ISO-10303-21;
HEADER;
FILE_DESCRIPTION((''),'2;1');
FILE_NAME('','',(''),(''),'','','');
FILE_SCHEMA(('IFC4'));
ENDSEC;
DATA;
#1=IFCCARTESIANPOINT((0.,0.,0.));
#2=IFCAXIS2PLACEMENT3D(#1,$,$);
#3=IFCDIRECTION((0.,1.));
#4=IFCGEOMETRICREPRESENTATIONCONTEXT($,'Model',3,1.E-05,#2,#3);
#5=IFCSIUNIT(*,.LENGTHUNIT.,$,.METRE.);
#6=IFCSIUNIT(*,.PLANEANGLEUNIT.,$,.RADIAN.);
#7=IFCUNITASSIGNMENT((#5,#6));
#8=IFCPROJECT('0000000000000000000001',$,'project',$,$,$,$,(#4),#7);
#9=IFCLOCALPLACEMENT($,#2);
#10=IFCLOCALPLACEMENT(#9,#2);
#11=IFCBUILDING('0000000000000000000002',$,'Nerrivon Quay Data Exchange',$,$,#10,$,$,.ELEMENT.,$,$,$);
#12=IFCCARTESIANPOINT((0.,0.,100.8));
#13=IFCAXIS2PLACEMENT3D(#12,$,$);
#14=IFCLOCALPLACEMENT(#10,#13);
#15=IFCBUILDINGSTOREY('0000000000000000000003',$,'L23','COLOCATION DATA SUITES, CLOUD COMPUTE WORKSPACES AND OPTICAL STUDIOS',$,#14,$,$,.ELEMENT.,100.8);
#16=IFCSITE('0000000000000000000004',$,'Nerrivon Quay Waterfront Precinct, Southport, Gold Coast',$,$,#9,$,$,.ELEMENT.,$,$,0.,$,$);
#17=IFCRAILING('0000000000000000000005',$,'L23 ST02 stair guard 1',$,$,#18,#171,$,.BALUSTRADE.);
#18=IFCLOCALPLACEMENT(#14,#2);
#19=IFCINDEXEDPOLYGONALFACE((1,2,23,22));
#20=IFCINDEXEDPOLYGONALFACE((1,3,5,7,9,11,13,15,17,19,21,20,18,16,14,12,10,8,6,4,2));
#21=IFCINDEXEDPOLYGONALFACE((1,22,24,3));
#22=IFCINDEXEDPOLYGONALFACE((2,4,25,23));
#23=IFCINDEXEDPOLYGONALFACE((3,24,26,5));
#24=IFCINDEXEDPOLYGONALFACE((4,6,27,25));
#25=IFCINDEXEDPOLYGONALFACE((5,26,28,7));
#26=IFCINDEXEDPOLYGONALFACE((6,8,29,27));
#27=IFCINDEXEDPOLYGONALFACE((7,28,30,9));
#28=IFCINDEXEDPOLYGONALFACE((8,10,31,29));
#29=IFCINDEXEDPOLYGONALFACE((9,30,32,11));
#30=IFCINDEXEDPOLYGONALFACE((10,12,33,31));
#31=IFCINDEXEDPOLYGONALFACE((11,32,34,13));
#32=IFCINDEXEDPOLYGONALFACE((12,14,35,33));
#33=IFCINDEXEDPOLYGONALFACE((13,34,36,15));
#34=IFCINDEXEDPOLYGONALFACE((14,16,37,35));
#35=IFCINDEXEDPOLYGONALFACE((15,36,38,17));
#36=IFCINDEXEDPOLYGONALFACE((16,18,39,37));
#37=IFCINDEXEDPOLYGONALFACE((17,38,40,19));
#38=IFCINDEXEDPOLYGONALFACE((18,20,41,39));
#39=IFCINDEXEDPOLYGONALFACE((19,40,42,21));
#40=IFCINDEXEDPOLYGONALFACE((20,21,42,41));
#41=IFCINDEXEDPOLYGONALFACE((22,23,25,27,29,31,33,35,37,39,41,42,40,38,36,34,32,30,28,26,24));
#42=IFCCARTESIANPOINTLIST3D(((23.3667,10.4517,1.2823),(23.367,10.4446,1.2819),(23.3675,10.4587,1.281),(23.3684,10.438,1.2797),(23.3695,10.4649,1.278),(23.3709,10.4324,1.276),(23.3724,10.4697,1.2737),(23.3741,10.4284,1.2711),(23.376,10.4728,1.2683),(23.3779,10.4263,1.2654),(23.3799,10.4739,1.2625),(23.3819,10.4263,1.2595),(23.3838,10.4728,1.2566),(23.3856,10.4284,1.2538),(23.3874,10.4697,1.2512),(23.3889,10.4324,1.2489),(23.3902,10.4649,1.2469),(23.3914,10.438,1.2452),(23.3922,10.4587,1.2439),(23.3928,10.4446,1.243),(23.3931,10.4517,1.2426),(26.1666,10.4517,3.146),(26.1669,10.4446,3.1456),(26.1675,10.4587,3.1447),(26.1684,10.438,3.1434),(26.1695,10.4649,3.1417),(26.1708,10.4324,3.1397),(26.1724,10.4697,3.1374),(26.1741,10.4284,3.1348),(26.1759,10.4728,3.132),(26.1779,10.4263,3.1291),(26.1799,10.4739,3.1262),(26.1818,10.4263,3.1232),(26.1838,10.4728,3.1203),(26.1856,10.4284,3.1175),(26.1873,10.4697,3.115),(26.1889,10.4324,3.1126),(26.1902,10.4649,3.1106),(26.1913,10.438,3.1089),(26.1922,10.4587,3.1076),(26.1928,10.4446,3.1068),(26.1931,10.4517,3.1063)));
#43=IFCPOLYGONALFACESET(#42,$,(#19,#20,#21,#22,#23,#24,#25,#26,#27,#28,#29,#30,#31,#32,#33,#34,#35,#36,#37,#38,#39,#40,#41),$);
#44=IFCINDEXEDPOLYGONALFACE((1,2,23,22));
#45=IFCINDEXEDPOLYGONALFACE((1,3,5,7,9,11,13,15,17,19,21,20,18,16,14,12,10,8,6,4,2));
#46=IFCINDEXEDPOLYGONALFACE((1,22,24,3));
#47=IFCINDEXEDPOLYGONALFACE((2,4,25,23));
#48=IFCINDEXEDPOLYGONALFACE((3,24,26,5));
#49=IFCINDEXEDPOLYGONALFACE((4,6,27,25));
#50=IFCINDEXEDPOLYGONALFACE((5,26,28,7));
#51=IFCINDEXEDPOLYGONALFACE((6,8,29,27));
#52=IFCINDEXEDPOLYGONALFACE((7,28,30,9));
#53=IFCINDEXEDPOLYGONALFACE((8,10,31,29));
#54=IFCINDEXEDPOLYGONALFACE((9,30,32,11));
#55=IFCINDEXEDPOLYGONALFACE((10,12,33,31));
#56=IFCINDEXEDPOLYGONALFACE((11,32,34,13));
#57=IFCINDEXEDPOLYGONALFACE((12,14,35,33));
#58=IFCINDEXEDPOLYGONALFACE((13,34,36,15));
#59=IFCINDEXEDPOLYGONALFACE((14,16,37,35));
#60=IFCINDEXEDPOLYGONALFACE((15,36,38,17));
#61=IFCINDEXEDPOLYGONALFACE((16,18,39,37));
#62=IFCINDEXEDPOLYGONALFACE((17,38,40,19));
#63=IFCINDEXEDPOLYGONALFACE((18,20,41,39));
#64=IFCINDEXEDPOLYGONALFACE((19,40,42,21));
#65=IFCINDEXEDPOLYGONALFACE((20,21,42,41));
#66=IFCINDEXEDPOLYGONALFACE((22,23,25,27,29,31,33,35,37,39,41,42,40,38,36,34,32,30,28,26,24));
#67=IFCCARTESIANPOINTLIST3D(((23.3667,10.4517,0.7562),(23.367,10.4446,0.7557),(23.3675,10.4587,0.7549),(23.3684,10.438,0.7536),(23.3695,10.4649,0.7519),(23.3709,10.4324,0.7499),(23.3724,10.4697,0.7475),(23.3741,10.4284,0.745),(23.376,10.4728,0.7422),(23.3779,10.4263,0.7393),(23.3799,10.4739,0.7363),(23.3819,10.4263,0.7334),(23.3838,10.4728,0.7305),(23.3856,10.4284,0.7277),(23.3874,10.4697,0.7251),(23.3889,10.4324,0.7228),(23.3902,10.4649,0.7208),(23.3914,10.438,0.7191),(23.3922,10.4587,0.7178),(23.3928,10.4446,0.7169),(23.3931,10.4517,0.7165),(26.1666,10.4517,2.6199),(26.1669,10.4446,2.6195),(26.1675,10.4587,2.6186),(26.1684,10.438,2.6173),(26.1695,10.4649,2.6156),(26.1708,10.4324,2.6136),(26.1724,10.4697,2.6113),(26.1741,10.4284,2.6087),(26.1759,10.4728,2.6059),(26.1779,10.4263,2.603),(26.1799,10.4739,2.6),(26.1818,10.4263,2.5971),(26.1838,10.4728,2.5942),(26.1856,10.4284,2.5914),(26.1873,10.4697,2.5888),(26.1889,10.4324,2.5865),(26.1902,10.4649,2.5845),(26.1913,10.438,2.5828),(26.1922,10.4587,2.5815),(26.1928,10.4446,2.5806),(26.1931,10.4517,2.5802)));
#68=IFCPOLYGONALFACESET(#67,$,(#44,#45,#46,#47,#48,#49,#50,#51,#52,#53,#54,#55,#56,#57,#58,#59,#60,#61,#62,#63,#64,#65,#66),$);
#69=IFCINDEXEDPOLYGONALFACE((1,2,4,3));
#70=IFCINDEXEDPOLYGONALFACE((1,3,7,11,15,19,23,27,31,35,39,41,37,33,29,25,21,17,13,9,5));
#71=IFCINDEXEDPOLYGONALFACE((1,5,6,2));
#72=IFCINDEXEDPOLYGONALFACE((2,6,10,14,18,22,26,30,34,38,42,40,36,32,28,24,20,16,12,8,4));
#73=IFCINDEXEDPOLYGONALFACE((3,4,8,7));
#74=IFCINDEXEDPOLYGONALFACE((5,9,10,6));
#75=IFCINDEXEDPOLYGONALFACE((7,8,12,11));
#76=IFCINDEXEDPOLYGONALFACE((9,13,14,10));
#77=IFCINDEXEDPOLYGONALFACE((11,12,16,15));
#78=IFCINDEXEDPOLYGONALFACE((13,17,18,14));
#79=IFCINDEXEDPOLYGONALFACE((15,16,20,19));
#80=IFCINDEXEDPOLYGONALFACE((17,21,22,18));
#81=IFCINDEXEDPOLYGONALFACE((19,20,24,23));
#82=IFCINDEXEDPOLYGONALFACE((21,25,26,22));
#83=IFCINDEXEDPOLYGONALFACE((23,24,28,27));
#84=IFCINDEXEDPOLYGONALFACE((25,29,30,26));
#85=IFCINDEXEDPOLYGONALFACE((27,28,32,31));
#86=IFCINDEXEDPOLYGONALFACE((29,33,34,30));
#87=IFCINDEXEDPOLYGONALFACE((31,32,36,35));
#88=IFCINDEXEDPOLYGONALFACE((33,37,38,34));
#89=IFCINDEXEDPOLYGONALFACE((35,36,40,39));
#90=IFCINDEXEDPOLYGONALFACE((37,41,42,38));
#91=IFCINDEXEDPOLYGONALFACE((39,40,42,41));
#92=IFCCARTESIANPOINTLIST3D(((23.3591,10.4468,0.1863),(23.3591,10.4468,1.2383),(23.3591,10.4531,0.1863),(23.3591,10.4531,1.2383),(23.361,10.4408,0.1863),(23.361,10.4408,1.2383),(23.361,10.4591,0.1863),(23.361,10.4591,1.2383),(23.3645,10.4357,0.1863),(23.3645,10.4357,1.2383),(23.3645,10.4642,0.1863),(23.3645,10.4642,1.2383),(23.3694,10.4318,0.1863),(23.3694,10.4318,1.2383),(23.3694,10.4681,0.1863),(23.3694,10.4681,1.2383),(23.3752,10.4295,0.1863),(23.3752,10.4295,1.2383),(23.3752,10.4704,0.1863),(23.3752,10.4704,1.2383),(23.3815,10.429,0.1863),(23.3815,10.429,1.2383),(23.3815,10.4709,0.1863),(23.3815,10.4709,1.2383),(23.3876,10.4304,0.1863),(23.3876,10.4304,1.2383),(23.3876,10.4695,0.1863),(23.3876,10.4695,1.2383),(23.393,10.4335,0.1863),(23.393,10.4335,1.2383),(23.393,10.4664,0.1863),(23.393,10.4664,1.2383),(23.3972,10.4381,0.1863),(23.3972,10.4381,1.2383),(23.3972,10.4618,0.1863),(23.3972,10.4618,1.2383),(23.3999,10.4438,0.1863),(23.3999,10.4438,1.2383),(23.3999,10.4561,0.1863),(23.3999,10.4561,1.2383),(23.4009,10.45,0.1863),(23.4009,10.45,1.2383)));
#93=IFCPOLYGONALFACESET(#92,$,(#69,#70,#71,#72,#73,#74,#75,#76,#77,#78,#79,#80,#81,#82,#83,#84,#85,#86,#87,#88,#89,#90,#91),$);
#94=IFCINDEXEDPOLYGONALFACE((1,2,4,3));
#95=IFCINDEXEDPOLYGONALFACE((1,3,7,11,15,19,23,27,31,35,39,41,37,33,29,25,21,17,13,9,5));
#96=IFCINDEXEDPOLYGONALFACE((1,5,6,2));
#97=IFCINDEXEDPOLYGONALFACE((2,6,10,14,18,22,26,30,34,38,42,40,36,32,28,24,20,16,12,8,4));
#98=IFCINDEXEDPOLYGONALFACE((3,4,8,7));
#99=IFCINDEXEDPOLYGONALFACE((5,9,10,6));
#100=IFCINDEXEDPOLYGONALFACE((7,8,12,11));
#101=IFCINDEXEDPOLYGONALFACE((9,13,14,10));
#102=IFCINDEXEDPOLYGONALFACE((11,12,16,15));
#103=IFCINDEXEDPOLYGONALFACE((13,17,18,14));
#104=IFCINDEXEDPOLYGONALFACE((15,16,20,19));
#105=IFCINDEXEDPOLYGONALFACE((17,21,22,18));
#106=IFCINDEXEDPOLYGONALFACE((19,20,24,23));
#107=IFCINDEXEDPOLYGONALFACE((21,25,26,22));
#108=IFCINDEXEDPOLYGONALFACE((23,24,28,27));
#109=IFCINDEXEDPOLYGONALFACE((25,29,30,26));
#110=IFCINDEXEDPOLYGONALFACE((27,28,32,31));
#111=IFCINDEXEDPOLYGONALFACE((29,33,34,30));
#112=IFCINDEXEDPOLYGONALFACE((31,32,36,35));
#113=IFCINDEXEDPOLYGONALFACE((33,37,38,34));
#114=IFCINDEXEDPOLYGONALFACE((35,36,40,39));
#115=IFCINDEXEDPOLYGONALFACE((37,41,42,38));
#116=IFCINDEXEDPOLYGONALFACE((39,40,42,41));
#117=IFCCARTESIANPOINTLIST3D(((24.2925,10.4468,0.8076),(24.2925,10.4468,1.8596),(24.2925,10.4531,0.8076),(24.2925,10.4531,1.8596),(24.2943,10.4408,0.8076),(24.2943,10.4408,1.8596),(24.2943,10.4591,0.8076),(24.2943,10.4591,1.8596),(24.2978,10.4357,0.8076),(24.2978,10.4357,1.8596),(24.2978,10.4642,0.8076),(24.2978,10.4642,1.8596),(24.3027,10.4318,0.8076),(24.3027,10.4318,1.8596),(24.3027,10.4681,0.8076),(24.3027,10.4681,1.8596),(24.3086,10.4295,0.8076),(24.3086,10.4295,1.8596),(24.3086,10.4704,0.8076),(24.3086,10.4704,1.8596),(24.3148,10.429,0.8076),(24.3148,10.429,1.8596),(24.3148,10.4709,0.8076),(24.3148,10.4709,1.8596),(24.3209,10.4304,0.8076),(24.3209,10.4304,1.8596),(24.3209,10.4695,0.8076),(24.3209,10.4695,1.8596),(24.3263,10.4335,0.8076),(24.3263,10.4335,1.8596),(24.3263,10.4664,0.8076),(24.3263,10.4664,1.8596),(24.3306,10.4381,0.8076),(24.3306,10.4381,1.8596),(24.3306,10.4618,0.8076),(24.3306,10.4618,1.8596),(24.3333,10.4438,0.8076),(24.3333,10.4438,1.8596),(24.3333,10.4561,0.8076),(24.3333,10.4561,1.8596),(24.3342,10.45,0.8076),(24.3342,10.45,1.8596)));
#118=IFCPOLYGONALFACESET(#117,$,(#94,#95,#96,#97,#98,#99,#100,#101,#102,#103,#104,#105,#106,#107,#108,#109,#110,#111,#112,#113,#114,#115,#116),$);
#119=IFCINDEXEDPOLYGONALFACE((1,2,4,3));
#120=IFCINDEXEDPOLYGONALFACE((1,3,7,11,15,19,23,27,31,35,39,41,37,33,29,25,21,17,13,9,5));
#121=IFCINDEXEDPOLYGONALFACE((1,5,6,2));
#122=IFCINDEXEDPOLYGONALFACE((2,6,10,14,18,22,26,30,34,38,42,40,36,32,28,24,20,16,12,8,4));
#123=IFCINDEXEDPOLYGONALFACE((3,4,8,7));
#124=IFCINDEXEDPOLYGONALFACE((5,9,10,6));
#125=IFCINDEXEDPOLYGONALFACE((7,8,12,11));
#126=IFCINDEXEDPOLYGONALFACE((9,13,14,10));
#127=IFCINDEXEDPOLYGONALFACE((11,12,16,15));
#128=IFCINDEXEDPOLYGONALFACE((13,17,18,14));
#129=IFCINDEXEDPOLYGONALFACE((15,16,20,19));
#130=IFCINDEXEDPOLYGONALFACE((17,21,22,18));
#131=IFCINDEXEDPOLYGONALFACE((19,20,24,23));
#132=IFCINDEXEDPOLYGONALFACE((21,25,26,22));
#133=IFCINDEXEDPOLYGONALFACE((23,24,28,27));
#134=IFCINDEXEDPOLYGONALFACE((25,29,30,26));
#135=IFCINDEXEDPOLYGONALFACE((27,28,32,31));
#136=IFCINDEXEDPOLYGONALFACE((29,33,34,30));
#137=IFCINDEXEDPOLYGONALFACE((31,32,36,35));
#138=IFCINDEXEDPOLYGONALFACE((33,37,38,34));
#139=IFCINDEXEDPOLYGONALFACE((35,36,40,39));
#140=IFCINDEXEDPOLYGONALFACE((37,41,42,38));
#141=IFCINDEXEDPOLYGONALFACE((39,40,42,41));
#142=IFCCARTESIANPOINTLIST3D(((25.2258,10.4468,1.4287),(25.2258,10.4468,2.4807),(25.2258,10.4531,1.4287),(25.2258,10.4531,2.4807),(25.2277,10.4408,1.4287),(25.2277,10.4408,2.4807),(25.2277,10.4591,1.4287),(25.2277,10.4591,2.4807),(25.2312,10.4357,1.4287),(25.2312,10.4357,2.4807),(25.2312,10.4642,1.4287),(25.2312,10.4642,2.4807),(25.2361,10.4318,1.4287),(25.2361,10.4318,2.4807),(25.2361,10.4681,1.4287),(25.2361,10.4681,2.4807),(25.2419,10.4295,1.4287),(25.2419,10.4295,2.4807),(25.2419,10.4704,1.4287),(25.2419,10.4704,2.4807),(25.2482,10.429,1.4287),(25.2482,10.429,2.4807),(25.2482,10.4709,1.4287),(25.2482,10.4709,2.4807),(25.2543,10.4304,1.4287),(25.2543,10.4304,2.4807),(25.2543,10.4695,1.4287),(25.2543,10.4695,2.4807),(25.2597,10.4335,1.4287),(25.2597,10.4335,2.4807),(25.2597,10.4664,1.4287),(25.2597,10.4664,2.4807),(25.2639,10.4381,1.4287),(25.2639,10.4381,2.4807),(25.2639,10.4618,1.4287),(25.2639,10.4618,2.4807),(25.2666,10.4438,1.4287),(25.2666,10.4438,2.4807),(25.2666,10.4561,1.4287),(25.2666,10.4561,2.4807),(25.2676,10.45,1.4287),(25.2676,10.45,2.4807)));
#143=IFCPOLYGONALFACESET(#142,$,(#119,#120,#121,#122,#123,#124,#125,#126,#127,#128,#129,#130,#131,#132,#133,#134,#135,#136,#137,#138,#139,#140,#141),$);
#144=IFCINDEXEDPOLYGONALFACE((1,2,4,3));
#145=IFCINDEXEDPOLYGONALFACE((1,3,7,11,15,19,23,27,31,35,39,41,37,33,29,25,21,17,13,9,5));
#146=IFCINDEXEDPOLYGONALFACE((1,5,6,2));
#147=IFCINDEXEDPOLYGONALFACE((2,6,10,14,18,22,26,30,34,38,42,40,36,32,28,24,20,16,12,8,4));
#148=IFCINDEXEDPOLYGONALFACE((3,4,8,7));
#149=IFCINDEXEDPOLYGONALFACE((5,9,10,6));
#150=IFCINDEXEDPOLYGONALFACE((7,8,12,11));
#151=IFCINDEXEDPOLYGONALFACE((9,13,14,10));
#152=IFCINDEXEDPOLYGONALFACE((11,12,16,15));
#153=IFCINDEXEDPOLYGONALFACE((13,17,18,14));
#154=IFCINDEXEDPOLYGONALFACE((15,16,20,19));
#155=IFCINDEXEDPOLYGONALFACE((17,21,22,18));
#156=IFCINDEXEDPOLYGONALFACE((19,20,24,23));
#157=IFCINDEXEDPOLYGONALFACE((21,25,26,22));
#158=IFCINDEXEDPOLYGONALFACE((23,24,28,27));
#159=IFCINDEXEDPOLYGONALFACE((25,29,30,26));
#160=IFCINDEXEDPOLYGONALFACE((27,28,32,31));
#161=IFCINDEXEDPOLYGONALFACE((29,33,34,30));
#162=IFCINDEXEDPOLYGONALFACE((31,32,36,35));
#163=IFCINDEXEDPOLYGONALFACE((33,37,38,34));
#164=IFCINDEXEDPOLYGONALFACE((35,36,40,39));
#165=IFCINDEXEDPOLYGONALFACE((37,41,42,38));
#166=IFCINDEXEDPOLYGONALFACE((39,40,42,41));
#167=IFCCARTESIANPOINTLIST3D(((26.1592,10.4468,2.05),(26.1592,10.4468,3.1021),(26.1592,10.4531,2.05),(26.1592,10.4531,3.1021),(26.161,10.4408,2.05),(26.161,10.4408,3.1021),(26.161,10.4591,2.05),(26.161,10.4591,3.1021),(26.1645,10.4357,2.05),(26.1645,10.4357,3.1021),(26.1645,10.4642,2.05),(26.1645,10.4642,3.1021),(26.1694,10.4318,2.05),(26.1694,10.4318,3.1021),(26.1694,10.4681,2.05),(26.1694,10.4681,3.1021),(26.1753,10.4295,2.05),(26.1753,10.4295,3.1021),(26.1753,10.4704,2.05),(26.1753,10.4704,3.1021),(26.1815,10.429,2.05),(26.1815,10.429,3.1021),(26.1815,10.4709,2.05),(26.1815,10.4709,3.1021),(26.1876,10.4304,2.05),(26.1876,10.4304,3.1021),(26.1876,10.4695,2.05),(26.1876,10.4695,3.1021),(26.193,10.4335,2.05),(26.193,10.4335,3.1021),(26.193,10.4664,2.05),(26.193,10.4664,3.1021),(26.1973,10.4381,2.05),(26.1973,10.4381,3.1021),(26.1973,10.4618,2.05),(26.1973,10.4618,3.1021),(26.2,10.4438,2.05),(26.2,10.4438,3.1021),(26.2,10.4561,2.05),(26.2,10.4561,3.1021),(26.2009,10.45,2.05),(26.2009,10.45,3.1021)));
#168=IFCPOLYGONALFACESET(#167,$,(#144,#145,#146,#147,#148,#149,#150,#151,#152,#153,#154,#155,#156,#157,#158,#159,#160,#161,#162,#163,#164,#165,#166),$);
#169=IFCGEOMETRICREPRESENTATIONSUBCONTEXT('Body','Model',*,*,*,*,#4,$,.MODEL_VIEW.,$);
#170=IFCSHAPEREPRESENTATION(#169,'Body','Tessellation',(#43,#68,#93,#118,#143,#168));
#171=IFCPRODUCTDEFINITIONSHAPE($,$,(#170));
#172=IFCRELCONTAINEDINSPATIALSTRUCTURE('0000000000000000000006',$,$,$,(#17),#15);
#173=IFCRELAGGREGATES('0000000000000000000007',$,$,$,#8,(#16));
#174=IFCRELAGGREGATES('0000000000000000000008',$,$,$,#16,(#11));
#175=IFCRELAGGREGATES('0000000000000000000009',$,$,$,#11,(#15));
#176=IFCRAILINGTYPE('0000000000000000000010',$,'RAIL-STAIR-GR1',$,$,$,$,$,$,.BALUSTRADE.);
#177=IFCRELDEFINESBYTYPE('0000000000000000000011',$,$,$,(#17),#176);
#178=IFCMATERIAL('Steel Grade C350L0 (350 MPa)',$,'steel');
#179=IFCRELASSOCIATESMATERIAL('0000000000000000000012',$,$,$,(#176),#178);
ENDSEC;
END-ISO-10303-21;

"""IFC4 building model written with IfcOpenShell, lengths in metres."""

from ifc_helpers import new_model, si_unit, direction, frame, origin, origin_2d, place, context, subcontext, project, spatial, circle, extrude, material, type_object, element, save


model = new_model("IFC4")

# Units and contexts
model_context = context("Model", 3, precision=1e-05, world=origin(), true_north=direction((0.0, 1.0)))
body_context = subcontext(model_context, "Body", "Model", "MODEL_VIEW")
ifc_project = project(units=[si_unit("LENGTHUNIT", "METRE"), si_unit("PLANEANGLEUNIT", "RADIAN")], contexts=[model_context])

# Site, building, storey
site_placement = place(None, origin())
site = spatial("IfcSite", under=ifc_project, at=site_placement, Name="Nerrivon Quay Waterfront Precinct, Southport, Gold Coast", CompositionType="ELEMENT", RefElevation=0.0)
building_placement = place(site_placement, origin())
building = spatial("IfcBuilding", under=site, at=building_placement, Name="Nerrivon Quay Data Exchange", CompositionType="ELEMENT")
storey_placement = place(building_placement, frame((0.0, 0.0, 100.8)))
storey = spatial("IfcBuildingStorey", under=building, at=storey_placement, Name="L23", Description="COLOCATION DATA SUITES, CLOUD COMPUTE WORKSPACES AND OPTICAL STUDIOS", CompositionType="ELEMENT", Elevation=100.8)

# Railing
ifc_material_1 = material(Name="Steel Grade C350L0 (350 MPa)", Category="steel")
railing_type_1 = type_object("IfcRailingType", Name="RAIL-STAIR-GR1", PredefinedType="BALUSTRADE", material=ifc_material_1)
railing_1_placement = place(storey_placement, frame((23.3799, 10.45, 0.1863)))
element("IfcRailing", 1, at=railing_1_placement, inside=storey, type_object=railing_type_1, Name="L23 ST02 stair guard 1", PredefinedType="BALUSTRADE", context=body_context, shape_type="SweptSolid", body=[
    extrude(circle(Radius=0.0239, at=origin_2d()), frame((0.0, 0.0, 1.0762), z_axis=(0.832452, 0.0, 0.554097), x_axis=(0.0, 1.0, 0.0)), (0.0, 0.0, 1.0), 3.3635),
    extrude(circle(Radius=0.0239, at=origin_2d()), frame((0.0, 0.0, 0.55), z_axis=(0.832452, 0.0, 0.554097), x_axis=(0.0, 1.0, 0.0)), (0.0, 0.0, 1.0), 3.3635),
    extrude(circle(Radius=0.021, at=origin_2d()), origin(), (0.0, 0.0, 1.0), 1.052),
    extrude(circle(Radius=0.021, at=origin_2d()), frame((0.9333, 0.0, 0.6213)), (0.0, 0.0, 1.0), 1.052),
    extrude(circle(Radius=0.021, at=origin_2d()), frame((1.8667, 0.0, 1.2424)), (0.0, 0.0, 1.0), 1.052),
    extrude(circle(Radius=0.021, at=origin_2d()), frame((2.8, 0.0, 1.8638)), (0.0, 0.0, 1.0), 1.052),
])

save(model, "model.ifc")
